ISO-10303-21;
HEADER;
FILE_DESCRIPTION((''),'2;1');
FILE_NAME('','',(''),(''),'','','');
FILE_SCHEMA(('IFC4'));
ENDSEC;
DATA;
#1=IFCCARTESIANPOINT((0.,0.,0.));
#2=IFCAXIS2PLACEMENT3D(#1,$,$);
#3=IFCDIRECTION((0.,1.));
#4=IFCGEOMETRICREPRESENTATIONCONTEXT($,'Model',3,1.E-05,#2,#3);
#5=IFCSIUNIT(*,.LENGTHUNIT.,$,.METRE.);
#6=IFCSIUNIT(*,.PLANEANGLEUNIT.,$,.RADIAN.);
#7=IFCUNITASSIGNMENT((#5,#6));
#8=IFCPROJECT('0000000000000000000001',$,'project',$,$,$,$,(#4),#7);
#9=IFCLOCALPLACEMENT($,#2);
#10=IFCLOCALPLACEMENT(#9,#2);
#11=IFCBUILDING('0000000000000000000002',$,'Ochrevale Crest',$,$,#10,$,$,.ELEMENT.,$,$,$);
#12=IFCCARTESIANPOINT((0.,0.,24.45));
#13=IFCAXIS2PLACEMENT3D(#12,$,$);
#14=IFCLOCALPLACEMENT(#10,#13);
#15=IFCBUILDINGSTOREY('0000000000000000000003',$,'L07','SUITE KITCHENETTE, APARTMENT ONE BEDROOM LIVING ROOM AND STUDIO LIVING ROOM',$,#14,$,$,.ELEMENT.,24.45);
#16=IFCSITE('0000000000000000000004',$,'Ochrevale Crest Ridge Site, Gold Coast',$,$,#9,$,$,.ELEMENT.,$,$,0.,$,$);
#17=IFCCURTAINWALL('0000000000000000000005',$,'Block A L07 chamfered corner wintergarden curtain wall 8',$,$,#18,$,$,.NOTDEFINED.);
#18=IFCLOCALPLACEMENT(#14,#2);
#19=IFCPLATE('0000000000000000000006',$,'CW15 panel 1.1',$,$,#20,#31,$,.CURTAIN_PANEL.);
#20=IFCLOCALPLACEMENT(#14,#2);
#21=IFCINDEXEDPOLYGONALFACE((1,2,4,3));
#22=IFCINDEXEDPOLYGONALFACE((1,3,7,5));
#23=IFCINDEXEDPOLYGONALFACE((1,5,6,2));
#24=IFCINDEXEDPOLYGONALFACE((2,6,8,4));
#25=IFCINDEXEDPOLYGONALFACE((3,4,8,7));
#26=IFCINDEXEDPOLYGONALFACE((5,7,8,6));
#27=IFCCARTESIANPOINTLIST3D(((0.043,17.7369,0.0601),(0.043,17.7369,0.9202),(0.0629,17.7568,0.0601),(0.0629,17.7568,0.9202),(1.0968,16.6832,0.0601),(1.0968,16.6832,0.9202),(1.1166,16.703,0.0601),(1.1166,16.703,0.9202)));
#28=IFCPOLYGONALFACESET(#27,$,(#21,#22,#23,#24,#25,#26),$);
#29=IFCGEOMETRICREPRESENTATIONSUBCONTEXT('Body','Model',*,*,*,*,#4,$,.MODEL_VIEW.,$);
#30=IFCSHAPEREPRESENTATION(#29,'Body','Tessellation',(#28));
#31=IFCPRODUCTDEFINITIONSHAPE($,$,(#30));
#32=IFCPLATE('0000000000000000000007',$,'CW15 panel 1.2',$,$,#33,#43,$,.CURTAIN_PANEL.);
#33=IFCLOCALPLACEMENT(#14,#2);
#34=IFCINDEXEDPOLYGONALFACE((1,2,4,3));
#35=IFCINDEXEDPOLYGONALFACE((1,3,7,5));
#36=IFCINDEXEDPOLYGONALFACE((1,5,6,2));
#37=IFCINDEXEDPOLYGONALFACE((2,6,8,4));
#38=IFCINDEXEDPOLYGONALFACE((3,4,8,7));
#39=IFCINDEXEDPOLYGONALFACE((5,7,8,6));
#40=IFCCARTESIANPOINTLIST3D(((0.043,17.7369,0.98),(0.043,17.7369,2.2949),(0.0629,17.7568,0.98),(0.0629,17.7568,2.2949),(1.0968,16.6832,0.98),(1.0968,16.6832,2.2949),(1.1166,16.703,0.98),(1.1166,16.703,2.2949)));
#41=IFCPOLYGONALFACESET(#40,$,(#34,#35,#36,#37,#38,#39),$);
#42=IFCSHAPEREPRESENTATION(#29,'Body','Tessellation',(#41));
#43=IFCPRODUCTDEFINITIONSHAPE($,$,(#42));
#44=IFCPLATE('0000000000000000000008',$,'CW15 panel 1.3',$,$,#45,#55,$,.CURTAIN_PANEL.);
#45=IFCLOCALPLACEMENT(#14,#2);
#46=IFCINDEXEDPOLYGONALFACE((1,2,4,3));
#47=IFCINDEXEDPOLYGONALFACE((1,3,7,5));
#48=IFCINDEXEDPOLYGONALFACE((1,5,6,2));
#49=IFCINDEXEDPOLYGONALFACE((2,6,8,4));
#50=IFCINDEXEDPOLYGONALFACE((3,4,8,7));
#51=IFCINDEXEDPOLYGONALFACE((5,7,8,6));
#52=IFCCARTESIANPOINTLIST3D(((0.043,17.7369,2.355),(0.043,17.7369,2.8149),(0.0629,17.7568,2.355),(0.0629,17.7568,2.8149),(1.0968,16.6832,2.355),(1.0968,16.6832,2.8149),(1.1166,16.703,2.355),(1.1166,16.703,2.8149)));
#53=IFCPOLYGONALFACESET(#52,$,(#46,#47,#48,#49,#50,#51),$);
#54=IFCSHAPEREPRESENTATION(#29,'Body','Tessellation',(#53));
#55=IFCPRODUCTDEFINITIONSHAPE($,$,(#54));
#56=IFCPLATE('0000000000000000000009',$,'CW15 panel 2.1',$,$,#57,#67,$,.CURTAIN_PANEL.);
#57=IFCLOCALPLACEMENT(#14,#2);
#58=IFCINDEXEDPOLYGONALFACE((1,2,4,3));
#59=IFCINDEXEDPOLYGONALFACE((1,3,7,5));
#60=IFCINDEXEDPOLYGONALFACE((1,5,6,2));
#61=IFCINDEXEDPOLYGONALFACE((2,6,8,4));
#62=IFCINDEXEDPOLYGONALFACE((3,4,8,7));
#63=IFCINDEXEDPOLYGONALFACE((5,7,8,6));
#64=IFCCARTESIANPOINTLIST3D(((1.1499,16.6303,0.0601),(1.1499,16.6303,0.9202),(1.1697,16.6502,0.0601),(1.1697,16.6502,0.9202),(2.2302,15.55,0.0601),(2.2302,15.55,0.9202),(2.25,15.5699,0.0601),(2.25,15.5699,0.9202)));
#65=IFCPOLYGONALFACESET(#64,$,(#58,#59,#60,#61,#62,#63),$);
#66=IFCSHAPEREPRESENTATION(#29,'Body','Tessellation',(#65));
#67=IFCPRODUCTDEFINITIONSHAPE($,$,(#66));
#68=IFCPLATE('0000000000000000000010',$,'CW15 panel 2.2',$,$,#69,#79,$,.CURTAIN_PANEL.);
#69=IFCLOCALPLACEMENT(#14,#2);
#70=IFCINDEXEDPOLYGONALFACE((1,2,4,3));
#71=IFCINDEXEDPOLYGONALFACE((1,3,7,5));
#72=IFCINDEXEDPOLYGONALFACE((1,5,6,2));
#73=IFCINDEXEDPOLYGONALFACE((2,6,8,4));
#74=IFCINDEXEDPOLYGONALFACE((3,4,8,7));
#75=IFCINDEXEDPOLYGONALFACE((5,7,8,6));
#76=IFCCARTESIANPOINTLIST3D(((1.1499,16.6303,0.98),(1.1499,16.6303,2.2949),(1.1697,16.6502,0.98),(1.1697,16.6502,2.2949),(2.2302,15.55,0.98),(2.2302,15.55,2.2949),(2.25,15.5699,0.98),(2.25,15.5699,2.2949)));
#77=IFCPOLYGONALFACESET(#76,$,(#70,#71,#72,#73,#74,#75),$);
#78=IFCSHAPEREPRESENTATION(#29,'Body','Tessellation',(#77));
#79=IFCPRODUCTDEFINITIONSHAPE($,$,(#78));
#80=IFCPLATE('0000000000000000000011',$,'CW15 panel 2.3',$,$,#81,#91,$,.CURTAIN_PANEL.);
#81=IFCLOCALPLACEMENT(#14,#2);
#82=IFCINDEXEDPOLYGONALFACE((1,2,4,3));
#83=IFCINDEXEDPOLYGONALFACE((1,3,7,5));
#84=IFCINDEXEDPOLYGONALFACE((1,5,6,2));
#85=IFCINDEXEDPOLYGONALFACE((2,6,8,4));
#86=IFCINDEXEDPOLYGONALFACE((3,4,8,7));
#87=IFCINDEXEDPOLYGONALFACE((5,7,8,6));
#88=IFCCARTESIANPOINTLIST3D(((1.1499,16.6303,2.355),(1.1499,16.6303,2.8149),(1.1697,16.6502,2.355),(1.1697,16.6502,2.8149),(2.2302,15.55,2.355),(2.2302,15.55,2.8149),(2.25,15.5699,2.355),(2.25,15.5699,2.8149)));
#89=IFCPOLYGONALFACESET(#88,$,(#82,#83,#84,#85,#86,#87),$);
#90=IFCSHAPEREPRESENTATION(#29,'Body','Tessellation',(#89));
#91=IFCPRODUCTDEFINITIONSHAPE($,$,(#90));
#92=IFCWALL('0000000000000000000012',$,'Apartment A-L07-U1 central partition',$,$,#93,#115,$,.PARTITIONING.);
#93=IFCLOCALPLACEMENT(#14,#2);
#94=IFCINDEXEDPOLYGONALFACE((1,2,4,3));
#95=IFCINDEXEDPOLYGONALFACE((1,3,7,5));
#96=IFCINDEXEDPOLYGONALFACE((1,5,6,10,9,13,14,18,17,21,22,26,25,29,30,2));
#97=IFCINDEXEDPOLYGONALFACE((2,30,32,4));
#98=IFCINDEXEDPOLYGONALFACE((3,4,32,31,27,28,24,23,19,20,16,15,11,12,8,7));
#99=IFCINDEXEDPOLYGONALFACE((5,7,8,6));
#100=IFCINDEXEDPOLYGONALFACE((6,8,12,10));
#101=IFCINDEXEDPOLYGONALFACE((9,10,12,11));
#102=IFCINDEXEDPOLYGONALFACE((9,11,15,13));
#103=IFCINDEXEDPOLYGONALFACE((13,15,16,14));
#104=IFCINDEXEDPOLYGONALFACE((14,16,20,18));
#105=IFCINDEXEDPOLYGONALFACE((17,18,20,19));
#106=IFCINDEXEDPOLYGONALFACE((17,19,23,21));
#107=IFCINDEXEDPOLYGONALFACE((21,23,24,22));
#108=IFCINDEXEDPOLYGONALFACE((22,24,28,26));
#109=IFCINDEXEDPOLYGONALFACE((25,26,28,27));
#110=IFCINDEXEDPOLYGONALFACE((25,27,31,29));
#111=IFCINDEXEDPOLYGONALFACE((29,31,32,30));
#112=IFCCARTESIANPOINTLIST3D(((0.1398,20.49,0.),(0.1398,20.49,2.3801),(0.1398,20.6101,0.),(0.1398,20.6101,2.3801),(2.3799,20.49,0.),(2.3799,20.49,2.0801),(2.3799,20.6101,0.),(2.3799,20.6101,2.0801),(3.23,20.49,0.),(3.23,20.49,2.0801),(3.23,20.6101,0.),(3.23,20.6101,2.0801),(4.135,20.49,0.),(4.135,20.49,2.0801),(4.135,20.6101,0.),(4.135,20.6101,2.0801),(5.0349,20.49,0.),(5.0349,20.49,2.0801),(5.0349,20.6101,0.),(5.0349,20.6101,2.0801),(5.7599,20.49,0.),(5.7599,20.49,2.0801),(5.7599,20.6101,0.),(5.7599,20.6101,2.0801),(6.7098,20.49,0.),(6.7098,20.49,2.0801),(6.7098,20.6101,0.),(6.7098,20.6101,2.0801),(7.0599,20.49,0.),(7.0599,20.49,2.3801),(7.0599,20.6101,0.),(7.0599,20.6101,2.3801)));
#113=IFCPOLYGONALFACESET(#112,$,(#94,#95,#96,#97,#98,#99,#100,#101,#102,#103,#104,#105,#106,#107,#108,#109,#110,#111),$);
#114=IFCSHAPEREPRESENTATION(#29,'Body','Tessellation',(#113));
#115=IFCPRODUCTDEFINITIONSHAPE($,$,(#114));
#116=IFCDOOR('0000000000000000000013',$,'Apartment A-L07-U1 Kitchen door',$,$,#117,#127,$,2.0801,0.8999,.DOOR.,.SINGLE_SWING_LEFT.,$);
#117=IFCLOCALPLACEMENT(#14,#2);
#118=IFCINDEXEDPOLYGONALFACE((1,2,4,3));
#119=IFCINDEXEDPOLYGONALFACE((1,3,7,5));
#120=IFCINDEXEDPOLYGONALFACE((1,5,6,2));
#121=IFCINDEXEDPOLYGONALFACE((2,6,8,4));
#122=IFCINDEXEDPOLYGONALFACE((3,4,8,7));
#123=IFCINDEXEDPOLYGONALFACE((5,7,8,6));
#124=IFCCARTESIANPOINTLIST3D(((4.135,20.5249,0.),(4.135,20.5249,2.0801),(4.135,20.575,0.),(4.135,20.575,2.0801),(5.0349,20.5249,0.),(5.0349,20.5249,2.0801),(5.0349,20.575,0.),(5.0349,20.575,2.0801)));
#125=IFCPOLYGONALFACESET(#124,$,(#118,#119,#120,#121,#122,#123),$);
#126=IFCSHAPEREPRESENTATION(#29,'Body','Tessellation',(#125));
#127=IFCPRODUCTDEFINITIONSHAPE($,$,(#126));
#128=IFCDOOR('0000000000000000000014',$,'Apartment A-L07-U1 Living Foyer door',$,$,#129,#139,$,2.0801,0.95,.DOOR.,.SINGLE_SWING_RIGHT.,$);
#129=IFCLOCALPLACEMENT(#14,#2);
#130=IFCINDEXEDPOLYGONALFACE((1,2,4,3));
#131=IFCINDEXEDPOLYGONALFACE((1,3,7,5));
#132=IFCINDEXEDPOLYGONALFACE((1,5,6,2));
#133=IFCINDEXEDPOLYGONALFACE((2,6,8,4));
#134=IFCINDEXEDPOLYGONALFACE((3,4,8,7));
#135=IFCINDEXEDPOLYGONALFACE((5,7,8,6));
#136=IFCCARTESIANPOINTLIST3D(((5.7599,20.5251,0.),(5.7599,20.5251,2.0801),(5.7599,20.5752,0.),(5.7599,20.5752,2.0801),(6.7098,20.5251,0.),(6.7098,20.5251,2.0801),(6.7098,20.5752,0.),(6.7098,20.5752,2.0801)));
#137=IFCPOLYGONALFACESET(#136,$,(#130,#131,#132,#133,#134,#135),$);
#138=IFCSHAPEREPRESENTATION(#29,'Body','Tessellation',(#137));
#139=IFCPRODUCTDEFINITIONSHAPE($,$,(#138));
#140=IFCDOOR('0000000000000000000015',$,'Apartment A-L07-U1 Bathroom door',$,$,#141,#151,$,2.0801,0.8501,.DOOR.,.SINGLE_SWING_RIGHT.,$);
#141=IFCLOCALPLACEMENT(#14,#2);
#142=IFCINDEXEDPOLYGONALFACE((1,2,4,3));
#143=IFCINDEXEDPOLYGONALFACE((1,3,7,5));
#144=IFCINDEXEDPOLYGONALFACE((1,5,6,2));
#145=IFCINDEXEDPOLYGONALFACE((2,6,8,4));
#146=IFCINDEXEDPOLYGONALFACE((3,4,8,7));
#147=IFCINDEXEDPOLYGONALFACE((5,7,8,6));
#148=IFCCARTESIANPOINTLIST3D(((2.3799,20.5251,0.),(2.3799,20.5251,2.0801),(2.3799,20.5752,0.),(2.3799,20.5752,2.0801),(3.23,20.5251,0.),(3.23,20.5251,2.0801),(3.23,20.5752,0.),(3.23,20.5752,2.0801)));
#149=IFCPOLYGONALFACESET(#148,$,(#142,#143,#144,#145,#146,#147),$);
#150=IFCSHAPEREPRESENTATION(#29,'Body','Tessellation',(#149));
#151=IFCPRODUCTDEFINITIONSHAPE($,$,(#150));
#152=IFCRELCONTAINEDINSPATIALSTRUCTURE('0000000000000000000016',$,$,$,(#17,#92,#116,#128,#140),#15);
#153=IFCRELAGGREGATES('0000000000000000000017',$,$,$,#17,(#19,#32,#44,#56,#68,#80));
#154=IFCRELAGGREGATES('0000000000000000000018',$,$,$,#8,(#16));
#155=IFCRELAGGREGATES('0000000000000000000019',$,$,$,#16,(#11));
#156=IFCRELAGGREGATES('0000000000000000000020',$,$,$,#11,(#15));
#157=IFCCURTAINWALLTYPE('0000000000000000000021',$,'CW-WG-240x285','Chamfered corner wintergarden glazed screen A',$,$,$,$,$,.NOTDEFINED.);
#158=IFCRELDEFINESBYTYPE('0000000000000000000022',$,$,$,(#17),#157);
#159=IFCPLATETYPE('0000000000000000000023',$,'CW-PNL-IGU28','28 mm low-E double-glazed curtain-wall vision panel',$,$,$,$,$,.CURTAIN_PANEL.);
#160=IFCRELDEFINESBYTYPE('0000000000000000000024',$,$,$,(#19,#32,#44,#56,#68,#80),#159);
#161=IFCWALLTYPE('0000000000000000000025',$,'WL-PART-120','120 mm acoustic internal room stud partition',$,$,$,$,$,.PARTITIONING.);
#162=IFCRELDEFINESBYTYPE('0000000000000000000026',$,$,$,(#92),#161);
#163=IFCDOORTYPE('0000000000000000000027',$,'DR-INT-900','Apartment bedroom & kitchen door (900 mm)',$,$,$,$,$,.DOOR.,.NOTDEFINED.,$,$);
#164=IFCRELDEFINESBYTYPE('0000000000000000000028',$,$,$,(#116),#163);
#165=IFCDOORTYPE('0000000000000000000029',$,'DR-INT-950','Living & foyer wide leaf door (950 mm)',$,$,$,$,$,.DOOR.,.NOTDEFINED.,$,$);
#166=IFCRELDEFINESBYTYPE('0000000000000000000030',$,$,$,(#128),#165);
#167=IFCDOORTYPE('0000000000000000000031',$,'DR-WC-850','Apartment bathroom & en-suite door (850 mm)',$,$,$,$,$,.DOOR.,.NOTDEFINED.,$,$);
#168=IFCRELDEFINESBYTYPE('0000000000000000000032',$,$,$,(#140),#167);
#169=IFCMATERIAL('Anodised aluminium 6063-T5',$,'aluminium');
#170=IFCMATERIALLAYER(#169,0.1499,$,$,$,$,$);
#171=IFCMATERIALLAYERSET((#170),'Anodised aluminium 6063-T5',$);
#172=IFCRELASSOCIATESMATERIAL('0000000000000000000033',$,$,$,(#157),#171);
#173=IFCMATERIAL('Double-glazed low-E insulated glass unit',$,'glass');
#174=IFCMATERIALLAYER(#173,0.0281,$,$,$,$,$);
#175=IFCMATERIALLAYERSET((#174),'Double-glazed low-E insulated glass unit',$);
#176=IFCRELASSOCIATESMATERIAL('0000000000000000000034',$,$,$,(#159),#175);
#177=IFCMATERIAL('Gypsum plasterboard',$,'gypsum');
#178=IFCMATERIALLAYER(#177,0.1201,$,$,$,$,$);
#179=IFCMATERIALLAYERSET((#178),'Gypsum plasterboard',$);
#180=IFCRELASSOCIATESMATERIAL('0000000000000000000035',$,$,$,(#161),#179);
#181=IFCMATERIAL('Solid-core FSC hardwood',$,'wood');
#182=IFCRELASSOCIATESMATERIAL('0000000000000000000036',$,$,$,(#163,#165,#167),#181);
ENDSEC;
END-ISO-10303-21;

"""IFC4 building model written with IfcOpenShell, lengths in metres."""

from ifc_helpers import new_model, si_unit, direction, frame, frame_2d, origin, origin_2d, place, context, subcontext, project, spatial, rectangle, extrude, material, layer, layer_set, type_object, element, fill, aggregate, save


model = new_model("IFC4")

# Units and contexts
model_context = context("Model", 3, precision=1e-05, world=origin(), true_north=direction((0.0, 1.0)))
body_context = subcontext(model_context, "Body", "Model", "MODEL_VIEW")
ifc_project = project(units=[si_unit("LENGTHUNIT", "METRE"), si_unit("PLANEANGLEUNIT", "RADIAN")], contexts=[model_context])

# Site, building, storey
site_placement = place(None, origin())
site = spatial("IfcSite", under=ifc_project, at=site_placement, Name="Ochrevale Crest Ridge Site, Gold Coast", CompositionType="ELEMENT", RefElevation=0.0)
building_placement = place(site_placement, origin())
building = spatial("IfcBuilding", under=site, at=building_placement, Name="Ochrevale Crest", CompositionType="ELEMENT")
storey_placement = place(building_placement, frame((0.0, 0.0, 24.45)))
storey = spatial("IfcBuildingStorey", under=building, at=storey_placement, Name="L07", Description="SUITE KITCHENETTE, APARTMENT ONE BEDROOM LIVING ROOM AND STUDIO LIVING ROOM", CompositionType="ELEMENT", Elevation=24.45)

# Curtain wall, plates
ifc_material_1 = material(Name="Anodised aluminium 6063-T5", Category="aluminium")
ifc_layer_1 = layer(ifc_material_1, 0.1499)
ifc_layer_set_1 = layer_set([ifc_layer_1], Name="Anodised aluminium 6063-T5")
curtain_wall_type = type_object("IfcCurtainWallType", Name="CW-WG-240x285", Description="Chamfered corner wintergarden glazed screen A", PredefinedType="NOTDEFINED", material=ifc_layer_set_1)
curtain_wall_placement = place(storey_placement, origin())
curtain_wall = element("IfcCurtainWall", 1, at=curtain_wall_placement, inside=storey, type_object=curtain_wall_type, Name="Block A L07 chamfered corner wintergarden curtain wall 8", PredefinedType="NOTDEFINED")
ifc_material_2 = material(Name="Double-glazed low-E insulated glass unit", Category="glass")
ifc_layer_2 = layer(ifc_material_2, 0.0281)
ifc_layer_set_2 = layer_set([ifc_layer_2], Name="Double-glazed low-E insulated glass unit")
plate_type = type_object("IfcPlateType", Name="CW-PNL-IGU28", Description="28 mm low-E double-glazed curtain-wall vision panel", PredefinedType="CURTAIN_PANEL", material=ifc_layer_set_2)
plate_1_placement = place(storey_placement, frame((0.5798, 17.22, 0.0601), z_axis=(0.0, 0.0, 1.0), x_axis=(0.707107, -0.707107, 0.0)))
plate_1 = element("IfcPlate", 2, at=plate_1_placement, type_object=plate_type, Name="CW15 panel 1.1", PredefinedType="CURTAIN_PANEL", context=body_context, shape_type="SweptSolid", body=[
    extrude(rectangle(XDim=1.4902, YDim=0.0281, at=origin_2d()), origin(), (0.0, 0.0, 1.0), 0.8601),
])
plate_2_placement = place(storey_placement, frame((0.5798, 17.22, 0.98), z_axis=(0.0, 0.0, 1.0), x_axis=(0.707107, -0.707107, 0.0)))
plate_2 = element("IfcPlate", 3, at=plate_2_placement, type_object=plate_type, Name="CW15 panel 1.2", PredefinedType="CURTAIN_PANEL", context=body_context, shape_type="SweptSolid", body=[
    extrude(rectangle(XDim=1.4902, YDim=0.0281, at=origin_2d()), origin(), (0.0, 0.0, 1.0), 1.3149),
])
plate_3_placement = place(storey_placement, frame((0.5798, 17.22, 2.355), z_axis=(0.0, 0.0, 1.0), x_axis=(0.707107, -0.707107, 0.0)))
plate_3 = element("IfcPlate", 4, at=plate_3_placement, type_object=plate_type, Name="CW15 panel 1.3", PredefinedType="CURTAIN_PANEL", context=body_context, shape_type="SweptSolid", body=[
    extrude(rectangle(XDim=1.4902, YDim=0.0281, at=origin_2d()), origin(), (0.0, 0.0, 1.0), 0.46),
])
plate_4_placement = place(storey_placement, frame((1.7, 16.1001, 0.0601), z_axis=(0.0, 0.0, 1.0), x_axis=(0.707107, -0.707107, 0.0)))
plate_4 = element("IfcPlate", 5, at=plate_4_placement, type_object=plate_type, Name="CW15 panel 2.1", PredefinedType="CURTAIN_PANEL", context=body_context, shape_type="SweptSolid", body=[
    extrude(rectangle(XDim=1.5278, YDim=0.0281, at=origin_2d()), origin(), (0.0, 0.0, 1.0), 0.8601),
])
plate_5_placement = place(storey_placement, frame((1.7, 16.1001, 0.98), z_axis=(0.0, 0.0, 1.0), x_axis=(0.707107, -0.707107, 0.0)))
plate_5 = element("IfcPlate", 6, at=plate_5_placement, type_object=plate_type, Name="CW15 panel 2.2", PredefinedType="CURTAIN_PANEL", context=body_context, shape_type="SweptSolid", body=[
    extrude(rectangle(XDim=1.5278, YDim=0.0281, at=origin_2d()), origin(), (0.0, 0.0, 1.0), 1.3149),
])
plate_6_placement = place(storey_placement, frame((1.7, 16.1001, 2.355), z_axis=(0.0, 0.0, 1.0), x_axis=(0.707107, -0.707107, 0.0)))
plate_6 = element("IfcPlate", 7, at=plate_6_placement, type_object=plate_type, Name="CW15 panel 2.3", PredefinedType="CURTAIN_PANEL", context=body_context, shape_type="SweptSolid", body=[
    extrude(rectangle(XDim=1.5278, YDim=0.0281, at=origin_2d()), origin(), (0.0, 0.0, 1.0), 0.46),
])
aggregate(curtain_wall, [plate_1, plate_2, plate_3, plate_4, plate_5, plate_6])

# Wall, openings, doors
ifc_material_3 = material(Name="Gypsum plasterboard", Category="gypsum")
ifc_layer_3 = layer(ifc_material_3, 0.1201)
ifc_layer_set_3 = layer_set([ifc_layer_3], Name="Gypsum plasterboard")
wall_type = type_object("IfcWallType", Name="WL-PART-120", Description="120 mm acoustic internal room stud partition", PredefinedType="PARTITIONING", material=ifc_layer_set_3)
wall_placement = place(storey_placement, frame((0.1399, 20.55, 0.0), z_axis=(0.0, 0.0, 1.0), x_axis=(1.0, 0.0, 0.0)))
wall = element("IfcWall", 8, at=wall_placement, inside=storey, type_object=wall_type, Name="Apartment A-L07-U1 central partition", PredefinedType="PARTITIONING", context=body_context, shape_type="SweptSolid", body=[
    extrude(rectangle(XDim=6.9202, YDim=0.1201, at=frame_2d((3.46, 0.0))), origin(), (0.0, 0.0, 1.0), 2.3801),
])
opening_1_placement = place(wall_placement, frame((3.0901, 0.0, 0.0), z_axis=(0.0, 0.0, 1.0), x_axis=(-1.0, 0.0, 0.0)))
opening_1 = element("IfcOpeningElement", 9, at=opening_1_placement, cuts=wall, PredefinedType="OPENING", context=body_context, shape_type="SweptSolid", body=[
    extrude(rectangle(XDim=0.8501, YDim=2.0801, at=frame_2d((0.425, 1.04))), frame((0.0, 0.0701, 0.0), z_axis=(0.0, -1.0, 0.0), x_axis=(1.0, 0.0, 0.0)), (0.0, 0.0, 1.0), 0.1401),
])
opening_2_placement = place(wall_placement, frame((3.9951, 0.0, 0.0)))
opening_2 = element("IfcOpeningElement", 10, at=opening_2_placement, cuts=wall, PredefinedType="OPENING", context=body_context, shape_type="SweptSolid", body=[
    extrude(rectangle(XDim=0.8999, YDim=2.0801, at=frame_2d((0.45, 1.04))), frame((0.0, 0.0701, 0.0), z_axis=(0.0, -1.0, 0.0), x_axis=(1.0, 0.0, 0.0)), (0.0, 0.0, 1.0), 0.1401),
])
opening_3_placement = place(wall_placement, frame((6.5701, 0.0, 0.0), z_axis=(0.0, 0.0, 1.0), x_axis=(-1.0, 0.0, 0.0)))
opening_3 = element("IfcOpeningElement", 11, at=opening_3_placement, cuts=wall, PredefinedType="OPENING", context=body_context, shape_type="SweptSolid", body=[
    extrude(rectangle(XDim=0.95, YDim=2.0801, at=frame_2d((0.4751, 1.04))), frame((0.0, 0.0701, 0.0), z_axis=(0.0, -1.0, 0.0), x_axis=(1.0, 0.0, 0.0)), (0.0, 0.0, 1.0), 0.1401),
])
ifc_material_4 = material(Name="Solid-core FSC hardwood", Category="wood")
door_type_1 = type_object("IfcDoorType", Name="DR-INT-900", Description="Apartment bedroom & kitchen door (900 mm)", OperationType="NOTDEFINED", PredefinedType="DOOR", material=ifc_material_4)
door_1_placement = place(opening_2_placement, origin())
door_1 = element("IfcDoor", 12, at=door_1_placement, inside=storey, type_object=door_type_1, Name="Apartment A-L07-U1 Kitchen door", OperationType="SINGLE_SWING_LEFT", OverallHeight=2.0801, OverallWidth=0.8999, PredefinedType="DOOR", context=body_context, shape_type="SweptSolid", body=[
    extrude(rectangle(XDim=0.8999, YDim=2.0801, at=frame_2d((0.45, 1.04))), frame((0.0, 0.0249, 0.0), z_axis=(0.0, -1.0, 0.0), x_axis=(1.0, 0.0, 0.0)), (0.0, 0.0, 1.0), 0.05),
])
fill(opening_2, door_1)
door_type_2 = type_object("IfcDoorType", Name="DR-INT-950", Description="Living & foyer wide leaf door (950 mm)", OperationType="NOTDEFINED", PredefinedType="DOOR", material=ifc_material_4)
door_2_placement = place(opening_3_placement, origin())
door_2 = element("IfcDoor", 13, at=door_2_placement, inside=storey, type_object=door_type_2, Name="Apartment A-L07-U1 Living Foyer door", OperationType="SINGLE_SWING_RIGHT", OverallHeight=2.0801, OverallWidth=0.95, PredefinedType="DOOR", context=body_context, shape_type="SweptSolid", body=[
    extrude(rectangle(XDim=0.95, YDim=2.0801, at=frame_2d((0.4751, 1.04))), frame((0.0, 0.0249, 0.0), z_axis=(0.0, -1.0, 0.0), x_axis=(1.0, 0.0, 0.0)), (0.0, 0.0, 1.0), 0.05),
])
fill(opening_3, door_2)
door_type_3 = type_object("IfcDoorType", Name="DR-WC-850", Description="Apartment bathroom & en-suite door (850 mm)", OperationType="NOTDEFINED", PredefinedType="DOOR", material=ifc_material_4)
door_3_placement = place(opening_1_placement, origin())
door_3 = element("IfcDoor", 14, at=door_3_placement, inside=storey, type_object=door_type_3, Name="Apartment A-L07-U1 Bathroom door", OperationType="SINGLE_SWING_RIGHT", OverallHeight=2.0801, OverallWidth=0.8501, PredefinedType="DOOR", context=body_context, shape_type="SweptSolid", body=[
    extrude(rectangle(XDim=0.8501, YDim=2.0801, at=frame_2d((0.425, 1.04))), frame((0.0, 0.0249, 0.0), z_axis=(0.0, -1.0, 0.0), x_axis=(1.0, 0.0, 0.0)), (0.0, 0.0, 1.0), 0.05),
])
fill(opening_1, door_3)

save(model, "model.ifc")
